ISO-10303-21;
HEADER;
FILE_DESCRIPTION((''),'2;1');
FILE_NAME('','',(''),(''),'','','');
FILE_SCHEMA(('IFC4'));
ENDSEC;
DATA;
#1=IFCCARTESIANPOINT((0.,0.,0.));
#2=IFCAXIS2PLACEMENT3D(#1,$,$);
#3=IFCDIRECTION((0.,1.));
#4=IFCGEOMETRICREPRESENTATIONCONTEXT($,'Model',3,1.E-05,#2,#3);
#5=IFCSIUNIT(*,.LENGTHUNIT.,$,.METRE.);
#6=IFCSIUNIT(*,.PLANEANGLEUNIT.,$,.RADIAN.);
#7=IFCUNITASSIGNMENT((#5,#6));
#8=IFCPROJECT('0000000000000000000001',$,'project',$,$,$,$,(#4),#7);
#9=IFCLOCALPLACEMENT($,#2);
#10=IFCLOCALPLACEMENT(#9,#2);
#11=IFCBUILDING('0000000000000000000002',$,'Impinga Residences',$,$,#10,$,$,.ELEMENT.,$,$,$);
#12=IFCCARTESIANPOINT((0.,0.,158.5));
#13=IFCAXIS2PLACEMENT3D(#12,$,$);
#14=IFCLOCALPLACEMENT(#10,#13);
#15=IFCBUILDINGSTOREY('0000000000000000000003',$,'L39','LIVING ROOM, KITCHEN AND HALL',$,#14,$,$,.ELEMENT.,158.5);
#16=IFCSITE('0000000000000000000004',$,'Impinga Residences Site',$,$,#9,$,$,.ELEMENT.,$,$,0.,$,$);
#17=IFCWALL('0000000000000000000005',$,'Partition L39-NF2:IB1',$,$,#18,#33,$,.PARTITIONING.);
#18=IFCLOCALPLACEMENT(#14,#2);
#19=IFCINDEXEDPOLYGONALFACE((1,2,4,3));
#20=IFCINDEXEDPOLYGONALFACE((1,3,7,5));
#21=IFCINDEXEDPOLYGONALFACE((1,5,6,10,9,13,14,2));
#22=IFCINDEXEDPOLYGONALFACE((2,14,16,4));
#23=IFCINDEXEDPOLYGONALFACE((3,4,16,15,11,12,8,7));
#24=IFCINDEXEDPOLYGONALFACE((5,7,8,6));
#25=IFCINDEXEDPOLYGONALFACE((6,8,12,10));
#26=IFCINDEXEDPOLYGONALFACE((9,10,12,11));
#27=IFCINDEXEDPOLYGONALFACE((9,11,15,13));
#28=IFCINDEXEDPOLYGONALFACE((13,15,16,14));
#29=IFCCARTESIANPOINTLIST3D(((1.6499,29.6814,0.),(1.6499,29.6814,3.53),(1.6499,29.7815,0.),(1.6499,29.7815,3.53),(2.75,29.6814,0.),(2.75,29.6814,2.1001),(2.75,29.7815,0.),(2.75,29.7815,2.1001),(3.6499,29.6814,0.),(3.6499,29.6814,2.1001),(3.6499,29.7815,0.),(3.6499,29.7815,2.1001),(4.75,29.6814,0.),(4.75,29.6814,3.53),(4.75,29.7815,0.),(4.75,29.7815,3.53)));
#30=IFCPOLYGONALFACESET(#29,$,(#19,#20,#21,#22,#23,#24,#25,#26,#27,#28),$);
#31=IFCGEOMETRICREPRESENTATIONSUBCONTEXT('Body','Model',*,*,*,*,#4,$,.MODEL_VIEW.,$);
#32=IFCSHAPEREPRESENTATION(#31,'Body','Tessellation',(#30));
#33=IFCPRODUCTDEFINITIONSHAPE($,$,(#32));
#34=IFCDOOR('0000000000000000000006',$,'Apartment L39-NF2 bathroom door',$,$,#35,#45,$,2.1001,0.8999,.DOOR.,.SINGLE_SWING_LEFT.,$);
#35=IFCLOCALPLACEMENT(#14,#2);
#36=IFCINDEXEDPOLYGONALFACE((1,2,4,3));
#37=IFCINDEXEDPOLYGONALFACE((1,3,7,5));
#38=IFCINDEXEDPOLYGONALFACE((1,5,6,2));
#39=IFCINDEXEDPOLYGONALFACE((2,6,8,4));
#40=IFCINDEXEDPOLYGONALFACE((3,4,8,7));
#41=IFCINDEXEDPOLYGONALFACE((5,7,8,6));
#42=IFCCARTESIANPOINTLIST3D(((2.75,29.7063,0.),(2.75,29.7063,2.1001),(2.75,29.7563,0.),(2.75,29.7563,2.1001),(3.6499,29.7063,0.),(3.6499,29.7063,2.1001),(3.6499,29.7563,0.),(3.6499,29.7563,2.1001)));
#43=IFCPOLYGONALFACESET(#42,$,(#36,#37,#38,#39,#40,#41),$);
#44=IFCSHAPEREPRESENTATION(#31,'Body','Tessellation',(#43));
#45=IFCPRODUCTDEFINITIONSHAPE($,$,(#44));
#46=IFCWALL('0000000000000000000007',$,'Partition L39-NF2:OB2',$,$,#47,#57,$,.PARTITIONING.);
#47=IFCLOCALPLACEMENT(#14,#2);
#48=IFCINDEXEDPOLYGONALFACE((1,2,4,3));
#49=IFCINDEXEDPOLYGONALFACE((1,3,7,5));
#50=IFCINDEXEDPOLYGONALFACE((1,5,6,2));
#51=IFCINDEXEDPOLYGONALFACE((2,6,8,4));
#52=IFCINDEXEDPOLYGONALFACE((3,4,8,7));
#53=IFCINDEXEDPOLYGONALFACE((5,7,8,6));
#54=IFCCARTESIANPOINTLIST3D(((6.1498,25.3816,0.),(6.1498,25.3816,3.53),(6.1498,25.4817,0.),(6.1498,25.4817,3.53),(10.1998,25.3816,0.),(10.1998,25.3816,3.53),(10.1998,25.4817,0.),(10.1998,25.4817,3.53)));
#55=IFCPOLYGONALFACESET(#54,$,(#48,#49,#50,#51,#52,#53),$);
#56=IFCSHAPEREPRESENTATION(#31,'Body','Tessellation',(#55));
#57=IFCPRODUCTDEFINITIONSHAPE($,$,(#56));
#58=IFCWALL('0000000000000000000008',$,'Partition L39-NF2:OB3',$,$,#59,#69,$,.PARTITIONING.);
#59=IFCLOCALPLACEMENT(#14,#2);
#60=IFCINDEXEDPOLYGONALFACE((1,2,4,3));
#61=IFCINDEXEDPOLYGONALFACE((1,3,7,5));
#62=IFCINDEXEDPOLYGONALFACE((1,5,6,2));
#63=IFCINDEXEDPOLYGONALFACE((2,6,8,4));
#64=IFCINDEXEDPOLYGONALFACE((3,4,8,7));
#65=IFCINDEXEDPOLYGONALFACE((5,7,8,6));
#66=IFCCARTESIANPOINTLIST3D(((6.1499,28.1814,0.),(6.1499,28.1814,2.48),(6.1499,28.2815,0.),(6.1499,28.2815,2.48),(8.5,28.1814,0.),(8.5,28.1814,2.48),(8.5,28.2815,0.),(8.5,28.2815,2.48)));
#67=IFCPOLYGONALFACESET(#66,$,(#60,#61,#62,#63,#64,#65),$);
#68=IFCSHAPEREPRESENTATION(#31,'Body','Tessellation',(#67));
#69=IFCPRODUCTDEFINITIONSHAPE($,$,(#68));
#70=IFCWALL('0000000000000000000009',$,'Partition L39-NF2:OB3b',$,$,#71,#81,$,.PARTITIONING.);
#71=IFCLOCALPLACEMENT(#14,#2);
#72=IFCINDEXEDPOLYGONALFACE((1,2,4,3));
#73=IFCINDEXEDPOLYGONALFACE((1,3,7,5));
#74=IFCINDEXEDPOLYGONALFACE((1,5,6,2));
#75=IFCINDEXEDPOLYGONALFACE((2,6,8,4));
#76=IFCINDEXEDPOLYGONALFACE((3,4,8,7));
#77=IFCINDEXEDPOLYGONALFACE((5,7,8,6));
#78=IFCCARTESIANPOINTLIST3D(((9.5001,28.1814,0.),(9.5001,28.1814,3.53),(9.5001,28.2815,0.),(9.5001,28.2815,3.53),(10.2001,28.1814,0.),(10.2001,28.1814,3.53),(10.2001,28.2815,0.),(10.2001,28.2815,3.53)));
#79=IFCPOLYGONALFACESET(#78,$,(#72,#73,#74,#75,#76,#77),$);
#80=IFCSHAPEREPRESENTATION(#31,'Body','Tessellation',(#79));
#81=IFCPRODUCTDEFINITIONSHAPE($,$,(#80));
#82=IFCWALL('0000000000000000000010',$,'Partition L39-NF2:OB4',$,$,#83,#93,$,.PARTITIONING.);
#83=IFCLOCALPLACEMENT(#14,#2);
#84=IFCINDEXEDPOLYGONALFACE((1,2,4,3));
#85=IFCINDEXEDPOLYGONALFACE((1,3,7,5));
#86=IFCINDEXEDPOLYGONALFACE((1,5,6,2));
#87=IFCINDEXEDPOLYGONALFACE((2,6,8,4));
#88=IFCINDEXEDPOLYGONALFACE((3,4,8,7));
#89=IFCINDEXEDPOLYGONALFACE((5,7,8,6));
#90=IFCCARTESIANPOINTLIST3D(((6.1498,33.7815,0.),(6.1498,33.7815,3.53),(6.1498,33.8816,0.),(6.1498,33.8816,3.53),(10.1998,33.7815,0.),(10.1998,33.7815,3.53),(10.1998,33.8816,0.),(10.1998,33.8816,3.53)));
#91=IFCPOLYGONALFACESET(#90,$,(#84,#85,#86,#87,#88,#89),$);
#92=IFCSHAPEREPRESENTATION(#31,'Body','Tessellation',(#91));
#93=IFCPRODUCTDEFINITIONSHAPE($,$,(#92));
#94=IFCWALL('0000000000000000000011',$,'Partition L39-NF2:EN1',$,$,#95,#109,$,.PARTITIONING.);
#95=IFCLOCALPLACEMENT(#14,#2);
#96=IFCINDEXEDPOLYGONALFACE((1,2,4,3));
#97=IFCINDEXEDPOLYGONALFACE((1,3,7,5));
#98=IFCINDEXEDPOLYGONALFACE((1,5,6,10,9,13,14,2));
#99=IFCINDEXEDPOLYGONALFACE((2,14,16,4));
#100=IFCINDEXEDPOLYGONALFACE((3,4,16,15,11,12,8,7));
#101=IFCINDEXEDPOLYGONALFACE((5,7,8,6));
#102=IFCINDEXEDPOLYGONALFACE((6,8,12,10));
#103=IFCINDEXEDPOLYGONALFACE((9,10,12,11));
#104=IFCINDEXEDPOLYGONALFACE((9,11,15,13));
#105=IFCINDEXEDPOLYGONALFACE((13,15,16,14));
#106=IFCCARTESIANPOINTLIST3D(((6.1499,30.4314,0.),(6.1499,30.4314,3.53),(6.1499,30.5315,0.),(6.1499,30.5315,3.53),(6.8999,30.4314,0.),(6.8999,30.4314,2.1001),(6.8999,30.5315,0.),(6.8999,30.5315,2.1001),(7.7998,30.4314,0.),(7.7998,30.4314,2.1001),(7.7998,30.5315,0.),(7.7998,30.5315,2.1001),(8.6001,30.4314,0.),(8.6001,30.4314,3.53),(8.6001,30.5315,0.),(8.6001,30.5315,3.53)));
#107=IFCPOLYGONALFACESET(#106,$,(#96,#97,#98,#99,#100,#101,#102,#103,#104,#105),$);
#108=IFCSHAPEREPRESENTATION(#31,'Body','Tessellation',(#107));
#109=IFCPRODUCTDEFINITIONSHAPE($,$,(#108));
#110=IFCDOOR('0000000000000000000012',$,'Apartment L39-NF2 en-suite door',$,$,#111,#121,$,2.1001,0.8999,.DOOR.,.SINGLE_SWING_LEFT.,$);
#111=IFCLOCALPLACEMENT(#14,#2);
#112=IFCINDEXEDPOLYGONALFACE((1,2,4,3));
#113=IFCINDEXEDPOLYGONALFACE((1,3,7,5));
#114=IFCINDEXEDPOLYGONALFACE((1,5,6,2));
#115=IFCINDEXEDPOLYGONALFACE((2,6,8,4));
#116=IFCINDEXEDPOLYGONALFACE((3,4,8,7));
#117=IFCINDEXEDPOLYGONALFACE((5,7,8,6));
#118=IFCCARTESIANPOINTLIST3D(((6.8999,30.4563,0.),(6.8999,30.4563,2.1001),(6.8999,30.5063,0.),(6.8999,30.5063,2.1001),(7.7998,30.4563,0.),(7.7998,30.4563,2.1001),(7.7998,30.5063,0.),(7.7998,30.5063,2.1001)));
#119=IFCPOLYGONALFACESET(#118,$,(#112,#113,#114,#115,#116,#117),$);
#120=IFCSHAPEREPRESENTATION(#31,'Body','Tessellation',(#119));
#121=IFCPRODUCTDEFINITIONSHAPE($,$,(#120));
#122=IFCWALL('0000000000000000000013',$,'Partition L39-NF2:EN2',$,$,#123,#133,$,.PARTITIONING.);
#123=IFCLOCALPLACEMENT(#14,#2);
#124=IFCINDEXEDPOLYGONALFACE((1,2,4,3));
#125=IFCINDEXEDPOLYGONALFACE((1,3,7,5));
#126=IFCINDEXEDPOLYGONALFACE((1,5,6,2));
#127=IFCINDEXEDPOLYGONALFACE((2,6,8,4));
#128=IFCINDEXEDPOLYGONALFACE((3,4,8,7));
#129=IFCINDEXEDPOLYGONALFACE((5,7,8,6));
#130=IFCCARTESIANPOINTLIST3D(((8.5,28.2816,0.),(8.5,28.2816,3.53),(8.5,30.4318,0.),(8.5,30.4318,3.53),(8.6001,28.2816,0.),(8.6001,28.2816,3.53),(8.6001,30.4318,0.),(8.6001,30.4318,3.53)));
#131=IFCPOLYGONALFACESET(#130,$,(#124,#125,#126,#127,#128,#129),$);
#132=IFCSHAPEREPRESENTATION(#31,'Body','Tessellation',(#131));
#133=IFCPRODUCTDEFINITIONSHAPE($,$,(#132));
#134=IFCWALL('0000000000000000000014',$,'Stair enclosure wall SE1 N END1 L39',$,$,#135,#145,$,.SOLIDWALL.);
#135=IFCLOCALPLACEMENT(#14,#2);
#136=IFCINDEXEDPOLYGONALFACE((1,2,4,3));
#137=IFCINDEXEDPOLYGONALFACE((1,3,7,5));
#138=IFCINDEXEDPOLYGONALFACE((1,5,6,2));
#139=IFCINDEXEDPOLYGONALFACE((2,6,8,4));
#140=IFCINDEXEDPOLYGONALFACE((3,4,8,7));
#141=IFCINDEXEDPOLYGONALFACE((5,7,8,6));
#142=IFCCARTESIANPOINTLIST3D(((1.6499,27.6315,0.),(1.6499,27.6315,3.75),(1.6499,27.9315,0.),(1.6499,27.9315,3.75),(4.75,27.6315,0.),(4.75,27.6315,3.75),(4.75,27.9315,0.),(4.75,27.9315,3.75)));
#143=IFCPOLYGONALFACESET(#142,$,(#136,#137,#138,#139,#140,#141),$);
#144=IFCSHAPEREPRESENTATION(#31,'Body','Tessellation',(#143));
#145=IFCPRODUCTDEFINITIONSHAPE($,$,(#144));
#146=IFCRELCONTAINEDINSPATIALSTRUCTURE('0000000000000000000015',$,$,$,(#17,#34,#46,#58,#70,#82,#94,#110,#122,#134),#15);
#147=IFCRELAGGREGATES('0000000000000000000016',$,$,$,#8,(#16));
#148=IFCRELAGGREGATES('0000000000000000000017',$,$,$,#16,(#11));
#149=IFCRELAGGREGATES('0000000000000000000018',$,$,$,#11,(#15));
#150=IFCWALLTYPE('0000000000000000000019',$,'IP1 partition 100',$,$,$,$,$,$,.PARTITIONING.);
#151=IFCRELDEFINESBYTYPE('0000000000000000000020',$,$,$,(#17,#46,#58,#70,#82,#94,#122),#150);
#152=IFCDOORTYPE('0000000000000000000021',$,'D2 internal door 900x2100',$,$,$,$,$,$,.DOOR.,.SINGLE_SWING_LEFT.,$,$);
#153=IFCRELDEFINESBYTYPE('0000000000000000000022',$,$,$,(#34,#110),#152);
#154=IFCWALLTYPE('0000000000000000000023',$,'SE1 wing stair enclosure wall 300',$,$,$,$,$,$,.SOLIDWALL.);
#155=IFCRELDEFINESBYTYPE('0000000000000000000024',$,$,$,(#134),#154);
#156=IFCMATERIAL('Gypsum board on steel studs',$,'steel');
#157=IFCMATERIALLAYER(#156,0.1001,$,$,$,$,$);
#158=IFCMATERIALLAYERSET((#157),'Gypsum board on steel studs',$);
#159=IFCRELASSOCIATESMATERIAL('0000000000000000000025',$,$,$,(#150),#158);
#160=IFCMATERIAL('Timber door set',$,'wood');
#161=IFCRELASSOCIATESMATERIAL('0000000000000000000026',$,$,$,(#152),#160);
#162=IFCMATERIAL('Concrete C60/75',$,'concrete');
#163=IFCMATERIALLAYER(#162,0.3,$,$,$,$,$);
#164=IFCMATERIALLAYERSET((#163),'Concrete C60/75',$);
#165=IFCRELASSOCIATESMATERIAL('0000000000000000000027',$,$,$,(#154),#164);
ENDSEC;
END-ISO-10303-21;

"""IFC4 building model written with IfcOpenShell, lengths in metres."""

from ifc_helpers import new_model, si_unit, direction, frame, frame_2d, origin, place, context, subcontext, project, spatial, rectangle, extrude, material, layer, layer_set, type_object, element, fill, save


model = new_model("IFC4")

# Units and contexts
model_context = context("Model", 3, precision=1e-05, world=origin(), true_north=direction((0.0, 1.0)))
body_context = subcontext(model_context, "Body", "Model", "MODEL_VIEW")
ifc_project = project(units=[si_unit("LENGTHUNIT", "METRE"), si_unit("PLANEANGLEUNIT", "RADIAN")], contexts=[model_context])

# Site, building, storey
site_placement = place(None, origin())
site = spatial("IfcSite", under=ifc_project, at=site_placement, Name="Impinga Residences Site", CompositionType="ELEMENT", RefElevation=0.0)
building_placement = place(site_placement, origin())
building = spatial("IfcBuilding", under=site, at=building_placement, Name="Impinga Residences", CompositionType="ELEMENT")
storey_placement = place(building_placement, frame((0.0, 0.0, 158.5)))
storey = spatial("IfcBuildingStorey", under=building, at=storey_placement, Name="L39", Description="LIVING ROOM, KITCHEN AND HALL", CompositionType="ELEMENT", Elevation=158.5)

# Shared definitions
ifc_material_1 = material(Name="Concrete C60/75", Category="concrete")

# Shared definitions
ifc_material_2 = material(Name="Gypsum board on steel studs", Category="steel")
ifc_layer_1 = layer(ifc_material_2, 0.1001)
ifc_layer_set_1 = layer_set([ifc_layer_1], Name="Gypsum board on steel studs")
wall_type_1 = type_object("IfcWallType", Name="IP1 partition 100", PredefinedType="PARTITIONING", material=ifc_layer_set_1)

# Wall, opening, door
wall_1_placement = place(storey_placement, frame((1.6499, 29.7314, 0.0), z_axis=(0.0, 0.0, 1.0), x_axis=(1.0, 0.0, 0.0)))
wall_1 = element("IfcWall", 1, at=wall_1_placement, inside=storey, type_object=wall_type_1, Name="Partition L39-NF2:IB1", PredefinedType="PARTITIONING", context=body_context, shape_type="SweptSolid", body=[
    extrude(rectangle(XDim=3.1001, YDim=0.1001, at=frame_2d((1.55, 0.0))), origin(), (0.0, 0.0, 1.0), 3.53),
])
opening_1_placement = place(wall_1_placement, frame((1.1001, 0.0, 0.0)))
opening_1 = element("IfcOpeningElement", 2, at=opening_1_placement, cuts=wall_1, PredefinedType="OPENING", context=body_context, shape_type="SweptSolid", body=[
    extrude(rectangle(XDim=0.8999, YDim=2.1001, at=frame_2d((0.45, 1.05))), frame((0.0, 0.0601, 0.0), z_axis=(0.0, -1.0, 0.0), x_axis=(1.0, 0.0, 0.0)), (0.0, 0.0, 1.0), 0.1201),
])
ifc_material_3 = material(Name="Timber door set", Category="wood")
door_type = type_object("IfcDoorType", Name="D2 internal door 900x2100", OperationType="SINGLE_SWING_LEFT", PredefinedType="DOOR", material=ifc_material_3)
door_1_placement = place(opening_1_placement, origin())
door_1 = element("IfcDoor", 3, at=door_1_placement, inside=storey, type_object=door_type, Name="Apartment L39-NF2 bathroom door", OperationType="SINGLE_SWING_LEFT", OverallHeight=2.1001, OverallWidth=0.8999, PredefinedType="DOOR", context=body_context, shape_type="SweptSolid", body=[
    extrude(rectangle(XDim=0.8999, YDim=2.1001, at=frame_2d((0.45, 1.05))), frame((0.0, 0.0249, 0.0), z_axis=(0.0, -1.0, 0.0), x_axis=(1.0, 0.0, 0.0)), (0.0, 0.0, 1.0), 0.05),
])
fill(opening_1, door_1)

# Walls
wall_2_placement = place(storey_placement, frame((6.1499, 25.4316, 0.0), z_axis=(0.0, 0.0, 1.0), x_axis=(1.0, 0.0, 0.0)))
element("IfcWall", 4, at=wall_2_placement, inside=storey, type_object=wall_type_1, Name="Partition L39-NF2:OB2", PredefinedType="PARTITIONING", context=body_context, shape_type="SweptSolid", body=[
    extrude(rectangle(XDim=4.05, YDim=0.1001, at=frame_2d((2.0249, 0.0))), origin(), (0.0, 0.0, 1.0), 3.53),
])
wall_3_placement = place(storey_placement, frame((6.1499, 28.2314, 0.0), z_axis=(0.0, 0.0, 1.0), x_axis=(1.0, 0.0, 0.0)))
element("IfcWall", 5, at=wall_3_placement, inside=storey, type_object=wall_type_1, Name="Partition L39-NF2:OB3", PredefinedType="PARTITIONING", context=body_context, shape_type="SweptSolid", body=[
    extrude(rectangle(XDim=2.3501, YDim=0.1001, at=frame_2d((1.175, 0.0))), origin(), (0.0, 0.0, 1.0), 2.48),
])
wall_4_placement = place(storey_placement, frame((9.5, 28.2314, 0.0), z_axis=(0.0, 0.0, 1.0), x_axis=(1.0, 0.0, 0.0)))
element("IfcWall", 6, at=wall_4_placement, inside=storey, type_object=wall_type_1, Name="Partition L39-NF2:OB3b", PredefinedType="PARTITIONING", context=body_context, shape_type="SweptSolid", body=[
    extrude(rectangle(XDim=0.7, YDim=0.1001, at=frame_2d((0.3501, 0.0))), origin(), (0.0, 0.0, 1.0), 3.53),
])
wall_5_placement = place(storey_placement, frame((6.1499, 33.8315, 0.0), z_axis=(0.0, 0.0, 1.0), x_axis=(1.0, 0.0, 0.0)))
element("IfcWall", 7, at=wall_5_placement, inside=storey, type_object=wall_type_1, Name="Partition L39-NF2:OB4", PredefinedType="PARTITIONING", context=body_context, shape_type="SweptSolid", body=[
    extrude(rectangle(XDim=4.05, YDim=0.1001, at=frame_2d((2.0249, 0.0))), origin(), (0.0, 0.0, 1.0), 3.53),
])

# Wall, opening, door
wall_6_placement = place(storey_placement, frame((6.1499, 30.4814, 0.0), z_axis=(0.0, 0.0, 1.0), x_axis=(1.0, 0.0, 0.0)))
wall_6 = element("IfcWall", 8, at=wall_6_placement, inside=storey, type_object=wall_type_1, Name="Partition L39-NF2:EN1", PredefinedType="PARTITIONING", context=body_context, shape_type="SweptSolid", body=[
    extrude(rectangle(XDim=2.4502, YDim=0.1001, at=frame_2d((1.2251, 0.0))), origin(), (0.0, 0.0, 1.0), 3.53),
])
opening_2_placement = place(wall_6_placement, frame((0.75, 0.0, 0.0)))
opening_2 = element("IfcOpeningElement", 9, at=opening_2_placement, cuts=wall_6, PredefinedType="OPENING", context=body_context, shape_type="SweptSolid", body=[
    extrude(rectangle(XDim=0.8999, YDim=2.1001, at=frame_2d((0.45, 1.05))), frame((0.0, 0.0601, 0.0), z_axis=(0.0, -1.0, 0.0), x_axis=(1.0, 0.0, 0.0)), (0.0, 0.0, 1.0), 0.1201),
])
door_2_placement = place(opening_2_placement, origin())
door_2 = element("IfcDoor", 10, at=door_2_placement, inside=storey, type_object=door_type, Name="Apartment L39-NF2 en-suite door", OperationType="SINGLE_SWING_LEFT", OverallHeight=2.1001, OverallWidth=0.8999, PredefinedType="DOOR", context=body_context, shape_type="SweptSolid", body=[
    extrude(rectangle(XDim=0.8999, YDim=2.1001, at=frame_2d((0.45, 1.05))), frame((0.0, 0.0249, 0.0), z_axis=(0.0, -1.0, 0.0), x_axis=(1.0, 0.0, 0.0)), (0.0, 0.0, 1.0), 0.05),
])
fill(opening_2, door_2)

# Walls
wall_7_placement = place(storey_placement, frame((8.55, 28.2815, 0.0), z_axis=(0.0, 0.0, 1.0), x_axis=(0.0, 1.0, 0.0)))
element("IfcWall", 11, at=wall_7_placement, inside=storey, type_object=wall_type_1, Name="Partition L39-NF2:EN2", PredefinedType="PARTITIONING", context=body_context, shape_type="SweptSolid", body=[
    extrude(rectangle(XDim=2.1501, YDim=0.1001, at=frame_2d((1.0752, 0.0))), origin(), (0.0, 0.0, 1.0), 3.53),
])
ifc_layer_2 = layer(ifc_material_1, 0.3)
ifc_layer_set_2 = layer_set([ifc_layer_2], Name="Concrete C60/75")
wall_type_2 = type_object("IfcWallType", Name="SE1 wing stair enclosure wall 300", PredefinedType="SOLIDWALL", material=ifc_layer_set_2)
wall_8_placement = place(storey_placement, frame((1.6499, 27.7815, 0.0), z_axis=(0.0, 0.0, 1.0), x_axis=(1.0, 0.0, 0.0)))
element("IfcWall", 12, at=wall_8_placement, inside=storey, type_object=wall_type_2, Name="Stair enclosure wall SE1 N END1 L39", PredefinedType="SOLIDWALL", context=body_context, shape_type="SweptSolid", body=[
    extrude(rectangle(XDim=3.1001, YDim=0.3, at=frame_2d((1.55, 0.0))), origin(), (0.0, 0.0, 1.0), 3.75),
])

save(model, "model.ifc")
